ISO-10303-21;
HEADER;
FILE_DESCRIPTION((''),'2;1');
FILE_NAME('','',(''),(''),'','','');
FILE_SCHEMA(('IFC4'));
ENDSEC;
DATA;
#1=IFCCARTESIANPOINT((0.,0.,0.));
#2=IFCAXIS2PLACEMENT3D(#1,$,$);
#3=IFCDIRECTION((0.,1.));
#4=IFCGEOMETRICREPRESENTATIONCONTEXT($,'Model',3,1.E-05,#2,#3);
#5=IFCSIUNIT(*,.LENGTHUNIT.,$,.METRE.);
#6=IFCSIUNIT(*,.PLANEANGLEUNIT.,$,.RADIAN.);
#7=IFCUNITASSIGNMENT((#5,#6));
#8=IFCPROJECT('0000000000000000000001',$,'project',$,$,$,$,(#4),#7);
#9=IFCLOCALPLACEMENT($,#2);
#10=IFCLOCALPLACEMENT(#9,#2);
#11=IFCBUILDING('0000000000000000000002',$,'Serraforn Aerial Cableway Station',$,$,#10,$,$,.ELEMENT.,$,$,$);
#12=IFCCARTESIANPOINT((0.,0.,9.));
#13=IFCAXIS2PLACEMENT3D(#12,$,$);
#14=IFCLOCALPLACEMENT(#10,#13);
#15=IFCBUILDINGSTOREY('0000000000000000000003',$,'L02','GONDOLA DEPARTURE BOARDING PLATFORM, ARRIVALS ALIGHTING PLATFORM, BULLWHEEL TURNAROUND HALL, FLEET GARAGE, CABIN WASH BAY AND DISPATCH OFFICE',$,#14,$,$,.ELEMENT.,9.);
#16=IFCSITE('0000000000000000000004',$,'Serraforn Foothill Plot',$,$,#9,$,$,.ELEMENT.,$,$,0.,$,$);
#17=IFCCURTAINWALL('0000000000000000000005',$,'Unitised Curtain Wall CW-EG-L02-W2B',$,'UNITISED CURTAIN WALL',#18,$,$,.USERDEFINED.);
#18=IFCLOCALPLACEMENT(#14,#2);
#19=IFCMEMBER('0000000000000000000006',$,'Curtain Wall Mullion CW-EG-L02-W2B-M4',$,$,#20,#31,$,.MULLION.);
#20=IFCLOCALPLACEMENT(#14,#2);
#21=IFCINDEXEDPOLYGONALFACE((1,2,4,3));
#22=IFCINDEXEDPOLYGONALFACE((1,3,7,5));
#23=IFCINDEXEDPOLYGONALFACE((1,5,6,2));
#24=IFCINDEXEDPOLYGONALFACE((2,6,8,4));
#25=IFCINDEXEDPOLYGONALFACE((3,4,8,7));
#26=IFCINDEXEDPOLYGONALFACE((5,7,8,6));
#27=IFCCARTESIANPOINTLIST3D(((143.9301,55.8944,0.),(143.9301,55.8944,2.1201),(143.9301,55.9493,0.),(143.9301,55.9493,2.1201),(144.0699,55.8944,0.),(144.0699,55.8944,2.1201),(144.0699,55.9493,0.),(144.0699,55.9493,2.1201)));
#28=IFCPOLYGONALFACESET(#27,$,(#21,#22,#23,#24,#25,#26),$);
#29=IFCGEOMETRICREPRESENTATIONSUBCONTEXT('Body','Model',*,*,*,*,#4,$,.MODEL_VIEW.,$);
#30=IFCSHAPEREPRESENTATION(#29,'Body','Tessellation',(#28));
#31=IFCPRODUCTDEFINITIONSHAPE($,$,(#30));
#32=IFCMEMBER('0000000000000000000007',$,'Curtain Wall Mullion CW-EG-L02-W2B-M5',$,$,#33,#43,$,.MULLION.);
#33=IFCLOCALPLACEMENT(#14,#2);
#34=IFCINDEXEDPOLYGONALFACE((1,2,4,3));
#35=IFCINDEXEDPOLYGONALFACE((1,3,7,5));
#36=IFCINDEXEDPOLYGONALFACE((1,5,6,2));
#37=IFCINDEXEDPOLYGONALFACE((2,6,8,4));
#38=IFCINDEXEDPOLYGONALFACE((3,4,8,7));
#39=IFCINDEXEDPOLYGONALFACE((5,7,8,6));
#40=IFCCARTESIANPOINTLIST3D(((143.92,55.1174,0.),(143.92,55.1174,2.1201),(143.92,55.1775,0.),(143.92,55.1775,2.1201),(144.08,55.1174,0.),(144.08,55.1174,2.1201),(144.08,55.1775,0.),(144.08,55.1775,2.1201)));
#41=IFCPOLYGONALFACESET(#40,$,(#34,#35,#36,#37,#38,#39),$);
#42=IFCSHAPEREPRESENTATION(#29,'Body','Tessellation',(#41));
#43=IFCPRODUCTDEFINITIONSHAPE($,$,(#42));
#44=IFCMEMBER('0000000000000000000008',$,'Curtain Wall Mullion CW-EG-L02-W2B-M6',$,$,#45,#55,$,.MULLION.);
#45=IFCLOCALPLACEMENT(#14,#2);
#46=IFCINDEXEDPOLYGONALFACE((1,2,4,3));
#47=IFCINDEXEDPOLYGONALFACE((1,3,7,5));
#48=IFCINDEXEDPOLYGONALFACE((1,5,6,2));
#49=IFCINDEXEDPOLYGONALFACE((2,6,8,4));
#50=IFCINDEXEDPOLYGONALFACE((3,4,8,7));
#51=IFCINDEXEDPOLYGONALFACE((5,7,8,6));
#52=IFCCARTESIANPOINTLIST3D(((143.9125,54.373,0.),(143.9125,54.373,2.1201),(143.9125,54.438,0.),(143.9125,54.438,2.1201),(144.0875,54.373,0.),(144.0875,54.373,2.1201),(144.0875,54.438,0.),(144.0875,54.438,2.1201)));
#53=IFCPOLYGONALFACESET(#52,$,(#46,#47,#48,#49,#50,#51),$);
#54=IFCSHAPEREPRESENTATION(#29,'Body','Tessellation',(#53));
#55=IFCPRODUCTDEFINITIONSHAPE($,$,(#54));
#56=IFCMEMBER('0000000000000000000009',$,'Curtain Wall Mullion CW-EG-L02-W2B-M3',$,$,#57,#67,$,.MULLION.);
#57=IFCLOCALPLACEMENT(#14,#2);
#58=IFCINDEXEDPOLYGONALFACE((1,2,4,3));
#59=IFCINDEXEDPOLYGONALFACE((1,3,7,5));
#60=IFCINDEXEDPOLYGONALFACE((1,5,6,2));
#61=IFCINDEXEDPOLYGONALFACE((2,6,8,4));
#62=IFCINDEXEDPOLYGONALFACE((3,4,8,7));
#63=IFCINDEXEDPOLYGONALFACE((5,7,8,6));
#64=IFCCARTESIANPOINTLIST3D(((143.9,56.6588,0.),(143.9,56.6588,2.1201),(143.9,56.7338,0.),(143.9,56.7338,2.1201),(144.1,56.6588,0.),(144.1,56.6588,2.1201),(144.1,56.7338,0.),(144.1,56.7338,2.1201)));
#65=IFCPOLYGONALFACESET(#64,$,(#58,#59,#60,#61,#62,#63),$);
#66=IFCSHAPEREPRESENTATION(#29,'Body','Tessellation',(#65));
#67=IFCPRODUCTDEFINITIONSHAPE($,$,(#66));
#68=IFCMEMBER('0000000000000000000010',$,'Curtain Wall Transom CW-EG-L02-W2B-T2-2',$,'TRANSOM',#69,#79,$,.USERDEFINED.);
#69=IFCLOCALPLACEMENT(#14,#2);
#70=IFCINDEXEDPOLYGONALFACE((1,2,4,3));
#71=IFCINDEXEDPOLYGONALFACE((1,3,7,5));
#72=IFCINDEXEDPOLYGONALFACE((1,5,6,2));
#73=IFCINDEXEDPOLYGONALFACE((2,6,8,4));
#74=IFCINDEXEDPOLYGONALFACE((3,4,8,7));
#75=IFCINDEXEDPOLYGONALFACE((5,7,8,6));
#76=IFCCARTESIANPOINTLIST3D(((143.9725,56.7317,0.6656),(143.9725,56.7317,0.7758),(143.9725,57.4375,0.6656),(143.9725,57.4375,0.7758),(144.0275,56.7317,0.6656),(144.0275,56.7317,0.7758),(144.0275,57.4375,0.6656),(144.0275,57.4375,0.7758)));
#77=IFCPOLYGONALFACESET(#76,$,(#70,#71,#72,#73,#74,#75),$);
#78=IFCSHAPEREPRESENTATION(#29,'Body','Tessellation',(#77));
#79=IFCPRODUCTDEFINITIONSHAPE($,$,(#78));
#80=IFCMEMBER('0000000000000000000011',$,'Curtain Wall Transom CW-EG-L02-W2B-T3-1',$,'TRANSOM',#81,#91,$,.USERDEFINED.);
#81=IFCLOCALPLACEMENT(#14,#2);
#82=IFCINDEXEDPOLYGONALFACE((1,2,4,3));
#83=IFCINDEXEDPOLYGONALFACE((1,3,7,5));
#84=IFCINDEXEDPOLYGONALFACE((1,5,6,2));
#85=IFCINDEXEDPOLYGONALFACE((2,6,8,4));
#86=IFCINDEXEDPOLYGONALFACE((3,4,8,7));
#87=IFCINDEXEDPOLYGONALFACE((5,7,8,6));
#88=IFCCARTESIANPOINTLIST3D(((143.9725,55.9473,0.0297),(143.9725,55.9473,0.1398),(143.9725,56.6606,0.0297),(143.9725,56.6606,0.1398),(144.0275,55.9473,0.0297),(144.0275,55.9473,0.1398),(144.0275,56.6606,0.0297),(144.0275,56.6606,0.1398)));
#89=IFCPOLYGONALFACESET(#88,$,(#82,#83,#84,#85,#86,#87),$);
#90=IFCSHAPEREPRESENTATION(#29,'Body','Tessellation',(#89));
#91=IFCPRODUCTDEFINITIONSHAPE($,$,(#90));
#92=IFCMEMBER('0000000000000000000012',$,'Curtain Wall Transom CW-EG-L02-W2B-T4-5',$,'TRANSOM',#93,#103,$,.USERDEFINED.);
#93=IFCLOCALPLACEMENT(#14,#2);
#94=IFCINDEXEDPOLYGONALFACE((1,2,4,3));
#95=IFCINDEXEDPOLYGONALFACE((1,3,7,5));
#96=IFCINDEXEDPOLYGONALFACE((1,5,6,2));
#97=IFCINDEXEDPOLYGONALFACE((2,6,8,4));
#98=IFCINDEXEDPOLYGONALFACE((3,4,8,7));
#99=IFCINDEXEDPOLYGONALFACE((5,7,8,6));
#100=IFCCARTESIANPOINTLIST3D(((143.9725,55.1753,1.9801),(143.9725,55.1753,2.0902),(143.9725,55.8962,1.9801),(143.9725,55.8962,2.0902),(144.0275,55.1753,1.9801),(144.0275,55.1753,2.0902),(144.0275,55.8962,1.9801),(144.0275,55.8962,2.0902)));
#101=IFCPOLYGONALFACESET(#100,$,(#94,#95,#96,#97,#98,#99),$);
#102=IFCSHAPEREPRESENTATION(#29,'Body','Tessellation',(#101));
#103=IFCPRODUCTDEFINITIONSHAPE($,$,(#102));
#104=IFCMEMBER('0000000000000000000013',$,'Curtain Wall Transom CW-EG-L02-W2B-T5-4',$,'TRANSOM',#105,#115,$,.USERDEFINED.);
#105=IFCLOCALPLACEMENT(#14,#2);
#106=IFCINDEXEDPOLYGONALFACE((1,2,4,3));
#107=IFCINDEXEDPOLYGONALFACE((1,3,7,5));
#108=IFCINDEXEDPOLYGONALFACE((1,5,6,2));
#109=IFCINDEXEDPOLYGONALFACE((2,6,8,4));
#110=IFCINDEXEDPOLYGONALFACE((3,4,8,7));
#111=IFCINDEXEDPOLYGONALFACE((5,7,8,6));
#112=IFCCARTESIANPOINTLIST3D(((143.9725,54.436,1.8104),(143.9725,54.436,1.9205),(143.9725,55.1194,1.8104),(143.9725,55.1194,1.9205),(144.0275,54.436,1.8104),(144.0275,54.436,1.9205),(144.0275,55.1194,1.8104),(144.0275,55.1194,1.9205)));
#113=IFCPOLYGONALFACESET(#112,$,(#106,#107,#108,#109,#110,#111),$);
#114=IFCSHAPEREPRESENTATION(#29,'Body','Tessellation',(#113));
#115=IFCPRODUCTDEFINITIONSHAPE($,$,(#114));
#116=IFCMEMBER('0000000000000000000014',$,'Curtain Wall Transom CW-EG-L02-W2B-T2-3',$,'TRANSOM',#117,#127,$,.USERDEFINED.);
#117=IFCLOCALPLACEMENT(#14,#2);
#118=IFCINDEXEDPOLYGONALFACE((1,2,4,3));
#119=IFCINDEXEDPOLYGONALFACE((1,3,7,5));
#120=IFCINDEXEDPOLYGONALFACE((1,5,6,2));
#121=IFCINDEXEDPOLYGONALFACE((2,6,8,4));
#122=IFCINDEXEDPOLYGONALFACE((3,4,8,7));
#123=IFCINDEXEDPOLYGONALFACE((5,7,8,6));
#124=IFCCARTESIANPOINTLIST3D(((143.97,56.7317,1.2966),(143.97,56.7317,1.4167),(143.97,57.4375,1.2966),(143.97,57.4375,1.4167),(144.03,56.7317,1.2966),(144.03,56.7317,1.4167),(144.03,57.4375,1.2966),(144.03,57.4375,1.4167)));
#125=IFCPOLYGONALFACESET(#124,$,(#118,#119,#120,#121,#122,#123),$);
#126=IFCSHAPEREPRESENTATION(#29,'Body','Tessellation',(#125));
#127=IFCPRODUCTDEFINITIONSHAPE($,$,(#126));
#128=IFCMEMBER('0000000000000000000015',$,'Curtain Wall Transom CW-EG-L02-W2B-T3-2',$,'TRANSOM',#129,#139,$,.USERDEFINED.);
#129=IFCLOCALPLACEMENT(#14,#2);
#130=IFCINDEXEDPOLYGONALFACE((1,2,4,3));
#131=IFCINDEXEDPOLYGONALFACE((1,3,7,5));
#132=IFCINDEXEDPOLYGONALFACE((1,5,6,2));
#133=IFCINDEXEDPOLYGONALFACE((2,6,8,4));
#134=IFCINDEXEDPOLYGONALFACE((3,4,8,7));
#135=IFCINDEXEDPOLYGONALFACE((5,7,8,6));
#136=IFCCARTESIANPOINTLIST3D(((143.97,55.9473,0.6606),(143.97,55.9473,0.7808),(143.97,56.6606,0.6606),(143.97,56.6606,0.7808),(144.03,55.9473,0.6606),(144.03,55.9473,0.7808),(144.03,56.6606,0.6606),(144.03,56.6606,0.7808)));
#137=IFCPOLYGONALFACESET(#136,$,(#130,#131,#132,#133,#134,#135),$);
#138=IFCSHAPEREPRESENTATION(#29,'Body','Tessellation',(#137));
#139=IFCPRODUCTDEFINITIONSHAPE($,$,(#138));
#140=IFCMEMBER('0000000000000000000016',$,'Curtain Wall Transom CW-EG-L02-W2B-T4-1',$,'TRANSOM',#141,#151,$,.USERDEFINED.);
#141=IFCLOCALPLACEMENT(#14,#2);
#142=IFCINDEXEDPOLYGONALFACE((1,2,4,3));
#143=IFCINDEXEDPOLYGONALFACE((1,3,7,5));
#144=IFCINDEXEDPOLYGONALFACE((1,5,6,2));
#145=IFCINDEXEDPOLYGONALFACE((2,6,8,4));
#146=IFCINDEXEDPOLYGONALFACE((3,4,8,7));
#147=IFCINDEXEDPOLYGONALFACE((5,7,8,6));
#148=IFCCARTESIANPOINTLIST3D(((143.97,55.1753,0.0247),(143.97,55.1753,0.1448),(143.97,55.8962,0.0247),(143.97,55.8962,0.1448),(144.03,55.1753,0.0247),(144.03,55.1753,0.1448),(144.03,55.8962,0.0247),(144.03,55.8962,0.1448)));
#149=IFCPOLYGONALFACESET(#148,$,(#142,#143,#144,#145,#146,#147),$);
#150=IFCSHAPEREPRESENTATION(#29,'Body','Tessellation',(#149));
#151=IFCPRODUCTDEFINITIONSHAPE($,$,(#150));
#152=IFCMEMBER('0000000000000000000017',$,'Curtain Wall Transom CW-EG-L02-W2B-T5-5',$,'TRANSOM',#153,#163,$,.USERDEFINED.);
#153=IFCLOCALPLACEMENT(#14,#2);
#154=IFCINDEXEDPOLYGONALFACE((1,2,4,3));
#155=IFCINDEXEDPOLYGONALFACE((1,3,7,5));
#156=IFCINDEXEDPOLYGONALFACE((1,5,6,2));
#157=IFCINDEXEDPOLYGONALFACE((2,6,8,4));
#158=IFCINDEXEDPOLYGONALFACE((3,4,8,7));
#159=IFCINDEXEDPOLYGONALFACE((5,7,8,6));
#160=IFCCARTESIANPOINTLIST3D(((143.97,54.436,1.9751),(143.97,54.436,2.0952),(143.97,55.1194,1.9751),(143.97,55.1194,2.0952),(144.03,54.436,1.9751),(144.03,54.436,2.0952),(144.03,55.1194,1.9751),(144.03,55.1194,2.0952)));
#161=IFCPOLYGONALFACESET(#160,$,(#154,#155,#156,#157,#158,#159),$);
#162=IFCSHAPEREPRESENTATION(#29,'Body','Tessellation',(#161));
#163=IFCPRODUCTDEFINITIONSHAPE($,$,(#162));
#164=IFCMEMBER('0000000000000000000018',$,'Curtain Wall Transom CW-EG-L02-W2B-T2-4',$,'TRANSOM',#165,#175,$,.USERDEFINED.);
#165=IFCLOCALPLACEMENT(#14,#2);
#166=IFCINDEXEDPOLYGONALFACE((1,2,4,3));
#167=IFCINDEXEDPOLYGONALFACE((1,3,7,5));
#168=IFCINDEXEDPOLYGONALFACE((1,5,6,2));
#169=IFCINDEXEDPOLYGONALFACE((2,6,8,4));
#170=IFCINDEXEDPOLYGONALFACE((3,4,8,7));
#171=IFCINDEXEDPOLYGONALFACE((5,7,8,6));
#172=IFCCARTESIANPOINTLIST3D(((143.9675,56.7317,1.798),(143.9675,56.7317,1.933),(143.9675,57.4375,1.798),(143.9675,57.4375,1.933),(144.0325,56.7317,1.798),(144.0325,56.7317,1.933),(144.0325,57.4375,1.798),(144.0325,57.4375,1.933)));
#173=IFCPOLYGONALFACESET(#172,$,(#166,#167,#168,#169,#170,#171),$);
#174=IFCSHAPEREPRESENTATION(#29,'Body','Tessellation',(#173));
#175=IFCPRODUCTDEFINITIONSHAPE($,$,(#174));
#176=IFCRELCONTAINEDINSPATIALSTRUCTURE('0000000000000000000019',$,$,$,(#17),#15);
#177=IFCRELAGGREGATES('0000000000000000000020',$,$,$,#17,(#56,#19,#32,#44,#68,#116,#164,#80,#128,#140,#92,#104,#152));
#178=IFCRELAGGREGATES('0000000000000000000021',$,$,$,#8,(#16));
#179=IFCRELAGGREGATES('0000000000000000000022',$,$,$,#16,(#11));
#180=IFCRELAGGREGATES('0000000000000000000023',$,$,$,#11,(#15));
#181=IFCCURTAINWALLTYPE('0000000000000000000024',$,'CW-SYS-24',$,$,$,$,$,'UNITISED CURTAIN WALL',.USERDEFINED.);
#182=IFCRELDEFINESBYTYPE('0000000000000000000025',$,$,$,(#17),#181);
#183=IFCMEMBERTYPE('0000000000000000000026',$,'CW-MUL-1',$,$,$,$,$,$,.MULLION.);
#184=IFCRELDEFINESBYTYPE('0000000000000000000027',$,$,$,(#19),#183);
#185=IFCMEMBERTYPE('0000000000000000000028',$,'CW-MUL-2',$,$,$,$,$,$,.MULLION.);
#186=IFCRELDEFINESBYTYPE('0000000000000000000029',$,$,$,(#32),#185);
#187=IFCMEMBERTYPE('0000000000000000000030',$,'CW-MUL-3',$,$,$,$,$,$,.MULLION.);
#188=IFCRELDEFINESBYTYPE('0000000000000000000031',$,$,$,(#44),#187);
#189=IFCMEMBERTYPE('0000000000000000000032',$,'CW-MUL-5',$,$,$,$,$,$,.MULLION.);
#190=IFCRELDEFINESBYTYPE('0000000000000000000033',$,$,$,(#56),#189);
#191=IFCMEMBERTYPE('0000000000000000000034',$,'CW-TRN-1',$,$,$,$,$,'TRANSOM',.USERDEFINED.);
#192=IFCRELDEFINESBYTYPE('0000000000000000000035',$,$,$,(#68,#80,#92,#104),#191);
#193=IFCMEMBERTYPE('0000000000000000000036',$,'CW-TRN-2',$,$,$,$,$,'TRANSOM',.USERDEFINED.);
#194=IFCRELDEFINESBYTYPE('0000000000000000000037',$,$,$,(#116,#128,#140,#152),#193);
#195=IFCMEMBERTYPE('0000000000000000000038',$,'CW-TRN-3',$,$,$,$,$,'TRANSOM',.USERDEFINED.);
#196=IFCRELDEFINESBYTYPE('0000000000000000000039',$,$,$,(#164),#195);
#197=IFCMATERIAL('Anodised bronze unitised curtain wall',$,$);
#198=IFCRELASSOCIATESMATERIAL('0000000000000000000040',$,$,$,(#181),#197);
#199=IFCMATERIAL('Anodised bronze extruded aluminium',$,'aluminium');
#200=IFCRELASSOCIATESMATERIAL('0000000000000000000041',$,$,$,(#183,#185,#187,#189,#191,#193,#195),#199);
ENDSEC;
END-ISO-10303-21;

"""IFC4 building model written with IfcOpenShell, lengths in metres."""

from ifc_helpers import new_model, si_unit, direction, frame, origin, origin_2d, place, context, subcontext, project, spatial, rectangle, extrude, material, material_profile, profile_set, type_object, element, aggregate, save


model = new_model("IFC4")

# Units and contexts
model_context = context("Model", 3, precision=1e-05, world=origin(), true_north=direction((0.0, 1.0)))
body_context = subcontext(model_context, "Body", "Model", "MODEL_VIEW")
ifc_project = project(units=[si_unit("LENGTHUNIT", "METRE"), si_unit("PLANEANGLEUNIT", "RADIAN")], contexts=[model_context])

# Site, building, storey
site_placement = place(None, origin())
site = spatial("IfcSite", under=ifc_project, at=site_placement, Name="Serraforn Foothill Plot", CompositionType="ELEMENT", RefElevation=0.0)
building_placement = place(site_placement, origin())
building = spatial("IfcBuilding", under=site, at=building_placement, Name="Serraforn Aerial Cableway Station", CompositionType="ELEMENT")
storey_placement = place(building_placement, frame((0.0, 0.0, 9.0)))
storey = spatial("IfcBuildingStorey", under=building, at=storey_placement, Name="L02", Description="GONDOLA DEPARTURE BOARDING PLATFORM, ARRIVALS ALIGHTING PLATFORM, BULLWHEEL TURNAROUND HALL, FLEET GARAGE, CABIN WASH BAY AND DISPATCH OFFICE", CompositionType="ELEMENT", Elevation=9.0)

# Curtain wall, members
ifc_material_1 = material(Name="Anodised bronze unitised curtain wall")
curtain_wall_type = type_object("IfcCurtainWallType", Name="CW-SYS-24", ElementType="UNITISED CURTAIN WALL", PredefinedType="USERDEFINED", material=ifc_material_1)
curtain_wall_placement = place(storey_placement, origin())
curtain_wall = element("IfcCurtainWall", 1, at=curtain_wall_placement, inside=storey, type_object=curtain_wall_type, Name="Unitised Curtain Wall CW-EG-L02-W2B", ObjectType="UNITISED CURTAIN WALL", PredefinedType="USERDEFINED")
ifc_material_2 = material(Name="Anodised bronze extruded aluminium", Category="aluminium")
ifc_material_profile_1 = material_profile(ifc_material_2, rectangle(XDim=0.0549, YDim=0.1399, at=origin_2d()), Name="CW MULLION 55x140")
ifc_profile_set_1 = profile_set([ifc_material_profile_1], Name="Anodised bronze extruded aluminium")
member_type_1 = type_object("IfcMemberType", Name="CW-MUL-1", PredefinedType="MULLION", material=ifc_profile_set_1)
member_1_placement = place(storey_placement, frame((144.0, 55.9219, 0.0), z_axis=(0.0, 0.0, 1.0), x_axis=(0.0, -1.0, 0.0)))
member_1 = element("IfcMember", 2, at=member_1_placement, type_object=member_type_1, Name="Curtain Wall Mullion CW-EG-L02-W2B-M4", PredefinedType="MULLION", context=body_context, shape_type="SweptSolid", body=[
    extrude(rectangle(XDim=0.0549, YDim=0.1399, at=origin_2d()), origin(), (0.0, 0.0, 1.0), 2.1201),
])
ifc_material_profile_2 = material_profile(ifc_material_2, rectangle(XDim=0.0601, YDim=0.1599, at=origin_2d()), Name="CW MULLION 60x160")
ifc_profile_set_2 = profile_set([ifc_material_profile_2], Name="Anodised bronze extruded aluminium")
member_type_2 = type_object("IfcMemberType", Name="CW-MUL-2", PredefinedType="MULLION", material=ifc_profile_set_2)
member_2_placement = place(storey_placement, frame((144.0, 55.1475, 0.0), z_axis=(0.0, 0.0, 1.0), x_axis=(0.0, -1.0, 0.0)))
member_2 = element("IfcMember", 3, at=member_2_placement, type_object=member_type_2, Name="Curtain Wall Mullion CW-EG-L02-W2B-M5", PredefinedType="MULLION", context=body_context, shape_type="SweptSolid", body=[
    extrude(rectangle(XDim=0.0601, YDim=0.1599, at=origin_2d()), origin(), (0.0, 0.0, 1.0), 2.1201),
])
ifc_material_profile_3 = material_profile(ifc_material_2, rectangle(XDim=0.0649, YDim=0.175, at=origin_2d()), Name="CW MULLION 65x175")
ifc_profile_set_3 = profile_set([ifc_material_profile_3], Name="Anodised bronze extruded aluminium")
member_type_3 = type_object("IfcMemberType", Name="CW-MUL-3", PredefinedType="MULLION", material=ifc_profile_set_3)
member_3_placement = place(storey_placement, frame((144.0, 54.4055, 0.0), z_axis=(0.0, 0.0, 1.0), x_axis=(0.0, -1.0, 0.0)))
member_3 = element("IfcMember", 4, at=member_3_placement, type_object=member_type_3, Name="Curtain Wall Mullion CW-EG-L02-W2B-M6", PredefinedType="MULLION", context=body_context, shape_type="SweptSolid", body=[
    extrude(rectangle(XDim=0.0649, YDim=0.175, at=origin_2d()), origin(), (0.0, 0.0, 1.0), 2.1201),
])
ifc_material_profile_4 = material_profile(ifc_material_2, rectangle(XDim=0.075, YDim=0.2, at=origin_2d()), Name="CW MULLION 75x200")
ifc_profile_set_4 = profile_set([ifc_material_profile_4], Name="Anodised bronze extruded aluminium")
member_type_4 = type_object("IfcMemberType", Name="CW-MUL-5", PredefinedType="MULLION", material=ifc_profile_set_4)
member_4_placement = place(storey_placement, frame((144.0, 56.6963, 0.0), z_axis=(0.0, 0.0, 1.0), x_axis=(0.0, -1.0, 0.0)))
member_4 = element("IfcMember", 5, at=member_4_placement, type_object=member_type_4, Name="Curtain Wall Mullion CW-EG-L02-W2B-M3", PredefinedType="MULLION", context=body_context, shape_type="SweptSolid", body=[
    extrude(rectangle(XDim=0.075, YDim=0.2, at=origin_2d()), origin(), (0.0, 0.0, 1.0), 2.1201),
])
ifc_material_profile_5 = material_profile(ifc_material_2, rectangle(XDim=0.0549, YDim=0.1101, at=origin_2d()), Name="CW TRANSOM 55x110")
ifc_profile_set_5 = profile_set([ifc_material_profile_5], Name="Anodised bronze extruded aluminium")
member_type_5 = type_object("IfcMemberType", Name="CW-TRN-1", ElementType="TRANSOM", PredefinedType="USERDEFINED", material=ifc_profile_set_5)
member_5_placement = place(storey_placement, frame((144.0, 57.4375, 0.7207), z_axis=(0.0, -1.0, 0.0), x_axis=(1.0, 0.0, 0.0)))
member_5 = element("IfcMember", 6, at=member_5_placement, type_object=member_type_5, Name="Curtain Wall Transom CW-EG-L02-W2B-T2-2", ObjectType="TRANSOM", PredefinedType="USERDEFINED", context=body_context, shape_type="SweptSolid", body=[
    extrude(rectangle(XDim=0.0549, YDim=0.1101, at=origin_2d()), origin(), (0.0, 0.0, 1.0), 0.7058),
])
member_6_placement = place(storey_placement, frame((144.0, 56.6606, 0.0847), z_axis=(0.0, -1.0, 0.0), x_axis=(1.0, 0.0, 0.0)))
member_6 = element("IfcMember", 7, at=member_6_placement, type_object=member_type_5, Name="Curtain Wall Transom CW-EG-L02-W2B-T3-1", ObjectType="TRANSOM", PredefinedType="USERDEFINED", context=body_context, shape_type="SweptSolid", body=[
    extrude(rectangle(XDim=0.0549, YDim=0.1101, at=origin_2d()), origin(), (0.0, 0.0, 1.0), 0.7134),
])
member_7_placement = place(storey_placement, frame((144.0, 55.8962, 2.0352), z_axis=(0.0, -1.0, 0.0), x_axis=(1.0, 0.0, 0.0)))
member_7 = element("IfcMember", 8, at=member_7_placement, type_object=member_type_5, Name="Curtain Wall Transom CW-EG-L02-W2B-T4-5", ObjectType="TRANSOM", PredefinedType="USERDEFINED", context=body_context, shape_type="SweptSolid", body=[
    extrude(rectangle(XDim=0.0549, YDim=0.1101, at=origin_2d()), origin(), (0.0, 0.0, 1.0), 0.7209),
])
member_8_placement = place(storey_placement, frame((144.0, 55.1194, 1.8655), z_axis=(0.0, -1.0, 0.0), x_axis=(1.0, 0.0, 0.0)))
member_8 = element("IfcMember", 9, at=member_8_placement, type_object=member_type_5, Name="Curtain Wall Transom CW-EG-L02-W2B-T5-4", ObjectType="TRANSOM", PredefinedType="USERDEFINED", context=body_context, shape_type="SweptSolid", body=[
    extrude(rectangle(XDim=0.0549, YDim=0.1101, at=origin_2d()), origin(), (0.0, 0.0, 1.0), 0.6833),
])
ifc_material_profile_6 = material_profile(ifc_material_2, rectangle(XDim=0.0601, YDim=0.1201, at=origin_2d()), Name="CW TRANSOM 60x120")
ifc_profile_set_6 = profile_set([ifc_material_profile_6], Name="Anodised bronze extruded aluminium")
member_type_6 = type_object("IfcMemberType", Name="CW-TRN-2", ElementType="TRANSOM", PredefinedType="USERDEFINED", material=ifc_profile_set_6)
member_9_placement = place(storey_placement, frame((144.0, 57.4375, 1.3567), z_axis=(0.0, -1.0, 0.0), x_axis=(1.0, 0.0, 0.0)))
member_9 = element("IfcMember", 10, at=member_9_placement, type_object=member_type_6, Name="Curtain Wall Transom CW-EG-L02-W2B-T2-3", ObjectType="TRANSOM", PredefinedType="USERDEFINED", context=body_context, shape_type="SweptSolid", body=[
    extrude(rectangle(XDim=0.0601, YDim=0.1201, at=origin_2d()), origin(), (0.0, 0.0, 1.0), 0.7058),
])
member_10_placement = place(storey_placement, frame((144.0, 56.6606, 0.7207), z_axis=(0.0, -1.0, 0.0), x_axis=(1.0, 0.0, 0.0)))
member_10 = element("IfcMember", 11, at=member_10_placement, type_object=member_type_6, Name="Curtain Wall Transom CW-EG-L02-W2B-T3-2", ObjectType="TRANSOM", PredefinedType="USERDEFINED", context=body_context, shape_type="SweptSolid", body=[
    extrude(rectangle(XDim=0.0601, YDim=0.1201, at=origin_2d()), origin(), (0.0, 0.0, 1.0), 0.7134),
])
member_11_placement = place(storey_placement, frame((144.0, 55.8962, 0.0847), z_axis=(0.0, -1.0, 0.0), x_axis=(1.0, 0.0, 0.0)))
member_11 = element("IfcMember", 12, at=member_11_placement, type_object=member_type_6, Name="Curtain Wall Transom CW-EG-L02-W2B-T4-1", ObjectType="TRANSOM", PredefinedType="USERDEFINED", context=body_context, shape_type="SweptSolid", body=[
    extrude(rectangle(XDim=0.0601, YDim=0.1201, at=origin_2d()), origin(), (0.0, 0.0, 1.0), 0.7209),
])
member_12_placement = place(storey_placement, frame((144.0, 55.1194, 2.0352), z_axis=(0.0, -1.0, 0.0), x_axis=(1.0, 0.0, 0.0)))
member_12 = element("IfcMember", 13, at=member_12_placement, type_object=member_type_6, Name="Curtain Wall Transom CW-EG-L02-W2B-T5-5", ObjectType="TRANSOM", PredefinedType="USERDEFINED", context=body_context, shape_type="SweptSolid", body=[
    extrude(rectangle(XDim=0.0601, YDim=0.1201, at=origin_2d()), origin(), (0.0, 0.0, 1.0), 0.6833),
])
ifc_material_profile_7 = material_profile(ifc_material_2, rectangle(XDim=0.0649, YDim=0.135, at=origin_2d()), Name="CW TRANSOM 65x135")
ifc_profile_set_7 = profile_set([ifc_material_profile_7], Name="Anodised bronze extruded aluminium")
member_type_7 = type_object("IfcMemberType", Name="CW-TRN-3", ElementType="TRANSOM", PredefinedType="USERDEFINED", material=ifc_profile_set_7)
member_13_placement = place(storey_placement, frame((144.0, 57.4375, 1.8655), z_axis=(0.0, -1.0, 0.0), x_axis=(1.0, 0.0, 0.0)))
member_13 = element("IfcMember", 14, at=member_13_placement, type_object=member_type_7, Name="Curtain Wall Transom CW-EG-L02-W2B-T2-4", ObjectType="TRANSOM", PredefinedType="USERDEFINED", context=body_context, shape_type="SweptSolid", body=[
    extrude(rectangle(XDim=0.0649, YDim=0.135, at=origin_2d()), origin(), (0.0, 0.0, 1.0), 0.7058),
])
aggregate(curtain_wall, [member_4, member_1, member_2, member_3, member_5, member_9, member_13, member_6, member_10, member_11, member_7, member_8, member_12])

save(model, "model.ifc")
